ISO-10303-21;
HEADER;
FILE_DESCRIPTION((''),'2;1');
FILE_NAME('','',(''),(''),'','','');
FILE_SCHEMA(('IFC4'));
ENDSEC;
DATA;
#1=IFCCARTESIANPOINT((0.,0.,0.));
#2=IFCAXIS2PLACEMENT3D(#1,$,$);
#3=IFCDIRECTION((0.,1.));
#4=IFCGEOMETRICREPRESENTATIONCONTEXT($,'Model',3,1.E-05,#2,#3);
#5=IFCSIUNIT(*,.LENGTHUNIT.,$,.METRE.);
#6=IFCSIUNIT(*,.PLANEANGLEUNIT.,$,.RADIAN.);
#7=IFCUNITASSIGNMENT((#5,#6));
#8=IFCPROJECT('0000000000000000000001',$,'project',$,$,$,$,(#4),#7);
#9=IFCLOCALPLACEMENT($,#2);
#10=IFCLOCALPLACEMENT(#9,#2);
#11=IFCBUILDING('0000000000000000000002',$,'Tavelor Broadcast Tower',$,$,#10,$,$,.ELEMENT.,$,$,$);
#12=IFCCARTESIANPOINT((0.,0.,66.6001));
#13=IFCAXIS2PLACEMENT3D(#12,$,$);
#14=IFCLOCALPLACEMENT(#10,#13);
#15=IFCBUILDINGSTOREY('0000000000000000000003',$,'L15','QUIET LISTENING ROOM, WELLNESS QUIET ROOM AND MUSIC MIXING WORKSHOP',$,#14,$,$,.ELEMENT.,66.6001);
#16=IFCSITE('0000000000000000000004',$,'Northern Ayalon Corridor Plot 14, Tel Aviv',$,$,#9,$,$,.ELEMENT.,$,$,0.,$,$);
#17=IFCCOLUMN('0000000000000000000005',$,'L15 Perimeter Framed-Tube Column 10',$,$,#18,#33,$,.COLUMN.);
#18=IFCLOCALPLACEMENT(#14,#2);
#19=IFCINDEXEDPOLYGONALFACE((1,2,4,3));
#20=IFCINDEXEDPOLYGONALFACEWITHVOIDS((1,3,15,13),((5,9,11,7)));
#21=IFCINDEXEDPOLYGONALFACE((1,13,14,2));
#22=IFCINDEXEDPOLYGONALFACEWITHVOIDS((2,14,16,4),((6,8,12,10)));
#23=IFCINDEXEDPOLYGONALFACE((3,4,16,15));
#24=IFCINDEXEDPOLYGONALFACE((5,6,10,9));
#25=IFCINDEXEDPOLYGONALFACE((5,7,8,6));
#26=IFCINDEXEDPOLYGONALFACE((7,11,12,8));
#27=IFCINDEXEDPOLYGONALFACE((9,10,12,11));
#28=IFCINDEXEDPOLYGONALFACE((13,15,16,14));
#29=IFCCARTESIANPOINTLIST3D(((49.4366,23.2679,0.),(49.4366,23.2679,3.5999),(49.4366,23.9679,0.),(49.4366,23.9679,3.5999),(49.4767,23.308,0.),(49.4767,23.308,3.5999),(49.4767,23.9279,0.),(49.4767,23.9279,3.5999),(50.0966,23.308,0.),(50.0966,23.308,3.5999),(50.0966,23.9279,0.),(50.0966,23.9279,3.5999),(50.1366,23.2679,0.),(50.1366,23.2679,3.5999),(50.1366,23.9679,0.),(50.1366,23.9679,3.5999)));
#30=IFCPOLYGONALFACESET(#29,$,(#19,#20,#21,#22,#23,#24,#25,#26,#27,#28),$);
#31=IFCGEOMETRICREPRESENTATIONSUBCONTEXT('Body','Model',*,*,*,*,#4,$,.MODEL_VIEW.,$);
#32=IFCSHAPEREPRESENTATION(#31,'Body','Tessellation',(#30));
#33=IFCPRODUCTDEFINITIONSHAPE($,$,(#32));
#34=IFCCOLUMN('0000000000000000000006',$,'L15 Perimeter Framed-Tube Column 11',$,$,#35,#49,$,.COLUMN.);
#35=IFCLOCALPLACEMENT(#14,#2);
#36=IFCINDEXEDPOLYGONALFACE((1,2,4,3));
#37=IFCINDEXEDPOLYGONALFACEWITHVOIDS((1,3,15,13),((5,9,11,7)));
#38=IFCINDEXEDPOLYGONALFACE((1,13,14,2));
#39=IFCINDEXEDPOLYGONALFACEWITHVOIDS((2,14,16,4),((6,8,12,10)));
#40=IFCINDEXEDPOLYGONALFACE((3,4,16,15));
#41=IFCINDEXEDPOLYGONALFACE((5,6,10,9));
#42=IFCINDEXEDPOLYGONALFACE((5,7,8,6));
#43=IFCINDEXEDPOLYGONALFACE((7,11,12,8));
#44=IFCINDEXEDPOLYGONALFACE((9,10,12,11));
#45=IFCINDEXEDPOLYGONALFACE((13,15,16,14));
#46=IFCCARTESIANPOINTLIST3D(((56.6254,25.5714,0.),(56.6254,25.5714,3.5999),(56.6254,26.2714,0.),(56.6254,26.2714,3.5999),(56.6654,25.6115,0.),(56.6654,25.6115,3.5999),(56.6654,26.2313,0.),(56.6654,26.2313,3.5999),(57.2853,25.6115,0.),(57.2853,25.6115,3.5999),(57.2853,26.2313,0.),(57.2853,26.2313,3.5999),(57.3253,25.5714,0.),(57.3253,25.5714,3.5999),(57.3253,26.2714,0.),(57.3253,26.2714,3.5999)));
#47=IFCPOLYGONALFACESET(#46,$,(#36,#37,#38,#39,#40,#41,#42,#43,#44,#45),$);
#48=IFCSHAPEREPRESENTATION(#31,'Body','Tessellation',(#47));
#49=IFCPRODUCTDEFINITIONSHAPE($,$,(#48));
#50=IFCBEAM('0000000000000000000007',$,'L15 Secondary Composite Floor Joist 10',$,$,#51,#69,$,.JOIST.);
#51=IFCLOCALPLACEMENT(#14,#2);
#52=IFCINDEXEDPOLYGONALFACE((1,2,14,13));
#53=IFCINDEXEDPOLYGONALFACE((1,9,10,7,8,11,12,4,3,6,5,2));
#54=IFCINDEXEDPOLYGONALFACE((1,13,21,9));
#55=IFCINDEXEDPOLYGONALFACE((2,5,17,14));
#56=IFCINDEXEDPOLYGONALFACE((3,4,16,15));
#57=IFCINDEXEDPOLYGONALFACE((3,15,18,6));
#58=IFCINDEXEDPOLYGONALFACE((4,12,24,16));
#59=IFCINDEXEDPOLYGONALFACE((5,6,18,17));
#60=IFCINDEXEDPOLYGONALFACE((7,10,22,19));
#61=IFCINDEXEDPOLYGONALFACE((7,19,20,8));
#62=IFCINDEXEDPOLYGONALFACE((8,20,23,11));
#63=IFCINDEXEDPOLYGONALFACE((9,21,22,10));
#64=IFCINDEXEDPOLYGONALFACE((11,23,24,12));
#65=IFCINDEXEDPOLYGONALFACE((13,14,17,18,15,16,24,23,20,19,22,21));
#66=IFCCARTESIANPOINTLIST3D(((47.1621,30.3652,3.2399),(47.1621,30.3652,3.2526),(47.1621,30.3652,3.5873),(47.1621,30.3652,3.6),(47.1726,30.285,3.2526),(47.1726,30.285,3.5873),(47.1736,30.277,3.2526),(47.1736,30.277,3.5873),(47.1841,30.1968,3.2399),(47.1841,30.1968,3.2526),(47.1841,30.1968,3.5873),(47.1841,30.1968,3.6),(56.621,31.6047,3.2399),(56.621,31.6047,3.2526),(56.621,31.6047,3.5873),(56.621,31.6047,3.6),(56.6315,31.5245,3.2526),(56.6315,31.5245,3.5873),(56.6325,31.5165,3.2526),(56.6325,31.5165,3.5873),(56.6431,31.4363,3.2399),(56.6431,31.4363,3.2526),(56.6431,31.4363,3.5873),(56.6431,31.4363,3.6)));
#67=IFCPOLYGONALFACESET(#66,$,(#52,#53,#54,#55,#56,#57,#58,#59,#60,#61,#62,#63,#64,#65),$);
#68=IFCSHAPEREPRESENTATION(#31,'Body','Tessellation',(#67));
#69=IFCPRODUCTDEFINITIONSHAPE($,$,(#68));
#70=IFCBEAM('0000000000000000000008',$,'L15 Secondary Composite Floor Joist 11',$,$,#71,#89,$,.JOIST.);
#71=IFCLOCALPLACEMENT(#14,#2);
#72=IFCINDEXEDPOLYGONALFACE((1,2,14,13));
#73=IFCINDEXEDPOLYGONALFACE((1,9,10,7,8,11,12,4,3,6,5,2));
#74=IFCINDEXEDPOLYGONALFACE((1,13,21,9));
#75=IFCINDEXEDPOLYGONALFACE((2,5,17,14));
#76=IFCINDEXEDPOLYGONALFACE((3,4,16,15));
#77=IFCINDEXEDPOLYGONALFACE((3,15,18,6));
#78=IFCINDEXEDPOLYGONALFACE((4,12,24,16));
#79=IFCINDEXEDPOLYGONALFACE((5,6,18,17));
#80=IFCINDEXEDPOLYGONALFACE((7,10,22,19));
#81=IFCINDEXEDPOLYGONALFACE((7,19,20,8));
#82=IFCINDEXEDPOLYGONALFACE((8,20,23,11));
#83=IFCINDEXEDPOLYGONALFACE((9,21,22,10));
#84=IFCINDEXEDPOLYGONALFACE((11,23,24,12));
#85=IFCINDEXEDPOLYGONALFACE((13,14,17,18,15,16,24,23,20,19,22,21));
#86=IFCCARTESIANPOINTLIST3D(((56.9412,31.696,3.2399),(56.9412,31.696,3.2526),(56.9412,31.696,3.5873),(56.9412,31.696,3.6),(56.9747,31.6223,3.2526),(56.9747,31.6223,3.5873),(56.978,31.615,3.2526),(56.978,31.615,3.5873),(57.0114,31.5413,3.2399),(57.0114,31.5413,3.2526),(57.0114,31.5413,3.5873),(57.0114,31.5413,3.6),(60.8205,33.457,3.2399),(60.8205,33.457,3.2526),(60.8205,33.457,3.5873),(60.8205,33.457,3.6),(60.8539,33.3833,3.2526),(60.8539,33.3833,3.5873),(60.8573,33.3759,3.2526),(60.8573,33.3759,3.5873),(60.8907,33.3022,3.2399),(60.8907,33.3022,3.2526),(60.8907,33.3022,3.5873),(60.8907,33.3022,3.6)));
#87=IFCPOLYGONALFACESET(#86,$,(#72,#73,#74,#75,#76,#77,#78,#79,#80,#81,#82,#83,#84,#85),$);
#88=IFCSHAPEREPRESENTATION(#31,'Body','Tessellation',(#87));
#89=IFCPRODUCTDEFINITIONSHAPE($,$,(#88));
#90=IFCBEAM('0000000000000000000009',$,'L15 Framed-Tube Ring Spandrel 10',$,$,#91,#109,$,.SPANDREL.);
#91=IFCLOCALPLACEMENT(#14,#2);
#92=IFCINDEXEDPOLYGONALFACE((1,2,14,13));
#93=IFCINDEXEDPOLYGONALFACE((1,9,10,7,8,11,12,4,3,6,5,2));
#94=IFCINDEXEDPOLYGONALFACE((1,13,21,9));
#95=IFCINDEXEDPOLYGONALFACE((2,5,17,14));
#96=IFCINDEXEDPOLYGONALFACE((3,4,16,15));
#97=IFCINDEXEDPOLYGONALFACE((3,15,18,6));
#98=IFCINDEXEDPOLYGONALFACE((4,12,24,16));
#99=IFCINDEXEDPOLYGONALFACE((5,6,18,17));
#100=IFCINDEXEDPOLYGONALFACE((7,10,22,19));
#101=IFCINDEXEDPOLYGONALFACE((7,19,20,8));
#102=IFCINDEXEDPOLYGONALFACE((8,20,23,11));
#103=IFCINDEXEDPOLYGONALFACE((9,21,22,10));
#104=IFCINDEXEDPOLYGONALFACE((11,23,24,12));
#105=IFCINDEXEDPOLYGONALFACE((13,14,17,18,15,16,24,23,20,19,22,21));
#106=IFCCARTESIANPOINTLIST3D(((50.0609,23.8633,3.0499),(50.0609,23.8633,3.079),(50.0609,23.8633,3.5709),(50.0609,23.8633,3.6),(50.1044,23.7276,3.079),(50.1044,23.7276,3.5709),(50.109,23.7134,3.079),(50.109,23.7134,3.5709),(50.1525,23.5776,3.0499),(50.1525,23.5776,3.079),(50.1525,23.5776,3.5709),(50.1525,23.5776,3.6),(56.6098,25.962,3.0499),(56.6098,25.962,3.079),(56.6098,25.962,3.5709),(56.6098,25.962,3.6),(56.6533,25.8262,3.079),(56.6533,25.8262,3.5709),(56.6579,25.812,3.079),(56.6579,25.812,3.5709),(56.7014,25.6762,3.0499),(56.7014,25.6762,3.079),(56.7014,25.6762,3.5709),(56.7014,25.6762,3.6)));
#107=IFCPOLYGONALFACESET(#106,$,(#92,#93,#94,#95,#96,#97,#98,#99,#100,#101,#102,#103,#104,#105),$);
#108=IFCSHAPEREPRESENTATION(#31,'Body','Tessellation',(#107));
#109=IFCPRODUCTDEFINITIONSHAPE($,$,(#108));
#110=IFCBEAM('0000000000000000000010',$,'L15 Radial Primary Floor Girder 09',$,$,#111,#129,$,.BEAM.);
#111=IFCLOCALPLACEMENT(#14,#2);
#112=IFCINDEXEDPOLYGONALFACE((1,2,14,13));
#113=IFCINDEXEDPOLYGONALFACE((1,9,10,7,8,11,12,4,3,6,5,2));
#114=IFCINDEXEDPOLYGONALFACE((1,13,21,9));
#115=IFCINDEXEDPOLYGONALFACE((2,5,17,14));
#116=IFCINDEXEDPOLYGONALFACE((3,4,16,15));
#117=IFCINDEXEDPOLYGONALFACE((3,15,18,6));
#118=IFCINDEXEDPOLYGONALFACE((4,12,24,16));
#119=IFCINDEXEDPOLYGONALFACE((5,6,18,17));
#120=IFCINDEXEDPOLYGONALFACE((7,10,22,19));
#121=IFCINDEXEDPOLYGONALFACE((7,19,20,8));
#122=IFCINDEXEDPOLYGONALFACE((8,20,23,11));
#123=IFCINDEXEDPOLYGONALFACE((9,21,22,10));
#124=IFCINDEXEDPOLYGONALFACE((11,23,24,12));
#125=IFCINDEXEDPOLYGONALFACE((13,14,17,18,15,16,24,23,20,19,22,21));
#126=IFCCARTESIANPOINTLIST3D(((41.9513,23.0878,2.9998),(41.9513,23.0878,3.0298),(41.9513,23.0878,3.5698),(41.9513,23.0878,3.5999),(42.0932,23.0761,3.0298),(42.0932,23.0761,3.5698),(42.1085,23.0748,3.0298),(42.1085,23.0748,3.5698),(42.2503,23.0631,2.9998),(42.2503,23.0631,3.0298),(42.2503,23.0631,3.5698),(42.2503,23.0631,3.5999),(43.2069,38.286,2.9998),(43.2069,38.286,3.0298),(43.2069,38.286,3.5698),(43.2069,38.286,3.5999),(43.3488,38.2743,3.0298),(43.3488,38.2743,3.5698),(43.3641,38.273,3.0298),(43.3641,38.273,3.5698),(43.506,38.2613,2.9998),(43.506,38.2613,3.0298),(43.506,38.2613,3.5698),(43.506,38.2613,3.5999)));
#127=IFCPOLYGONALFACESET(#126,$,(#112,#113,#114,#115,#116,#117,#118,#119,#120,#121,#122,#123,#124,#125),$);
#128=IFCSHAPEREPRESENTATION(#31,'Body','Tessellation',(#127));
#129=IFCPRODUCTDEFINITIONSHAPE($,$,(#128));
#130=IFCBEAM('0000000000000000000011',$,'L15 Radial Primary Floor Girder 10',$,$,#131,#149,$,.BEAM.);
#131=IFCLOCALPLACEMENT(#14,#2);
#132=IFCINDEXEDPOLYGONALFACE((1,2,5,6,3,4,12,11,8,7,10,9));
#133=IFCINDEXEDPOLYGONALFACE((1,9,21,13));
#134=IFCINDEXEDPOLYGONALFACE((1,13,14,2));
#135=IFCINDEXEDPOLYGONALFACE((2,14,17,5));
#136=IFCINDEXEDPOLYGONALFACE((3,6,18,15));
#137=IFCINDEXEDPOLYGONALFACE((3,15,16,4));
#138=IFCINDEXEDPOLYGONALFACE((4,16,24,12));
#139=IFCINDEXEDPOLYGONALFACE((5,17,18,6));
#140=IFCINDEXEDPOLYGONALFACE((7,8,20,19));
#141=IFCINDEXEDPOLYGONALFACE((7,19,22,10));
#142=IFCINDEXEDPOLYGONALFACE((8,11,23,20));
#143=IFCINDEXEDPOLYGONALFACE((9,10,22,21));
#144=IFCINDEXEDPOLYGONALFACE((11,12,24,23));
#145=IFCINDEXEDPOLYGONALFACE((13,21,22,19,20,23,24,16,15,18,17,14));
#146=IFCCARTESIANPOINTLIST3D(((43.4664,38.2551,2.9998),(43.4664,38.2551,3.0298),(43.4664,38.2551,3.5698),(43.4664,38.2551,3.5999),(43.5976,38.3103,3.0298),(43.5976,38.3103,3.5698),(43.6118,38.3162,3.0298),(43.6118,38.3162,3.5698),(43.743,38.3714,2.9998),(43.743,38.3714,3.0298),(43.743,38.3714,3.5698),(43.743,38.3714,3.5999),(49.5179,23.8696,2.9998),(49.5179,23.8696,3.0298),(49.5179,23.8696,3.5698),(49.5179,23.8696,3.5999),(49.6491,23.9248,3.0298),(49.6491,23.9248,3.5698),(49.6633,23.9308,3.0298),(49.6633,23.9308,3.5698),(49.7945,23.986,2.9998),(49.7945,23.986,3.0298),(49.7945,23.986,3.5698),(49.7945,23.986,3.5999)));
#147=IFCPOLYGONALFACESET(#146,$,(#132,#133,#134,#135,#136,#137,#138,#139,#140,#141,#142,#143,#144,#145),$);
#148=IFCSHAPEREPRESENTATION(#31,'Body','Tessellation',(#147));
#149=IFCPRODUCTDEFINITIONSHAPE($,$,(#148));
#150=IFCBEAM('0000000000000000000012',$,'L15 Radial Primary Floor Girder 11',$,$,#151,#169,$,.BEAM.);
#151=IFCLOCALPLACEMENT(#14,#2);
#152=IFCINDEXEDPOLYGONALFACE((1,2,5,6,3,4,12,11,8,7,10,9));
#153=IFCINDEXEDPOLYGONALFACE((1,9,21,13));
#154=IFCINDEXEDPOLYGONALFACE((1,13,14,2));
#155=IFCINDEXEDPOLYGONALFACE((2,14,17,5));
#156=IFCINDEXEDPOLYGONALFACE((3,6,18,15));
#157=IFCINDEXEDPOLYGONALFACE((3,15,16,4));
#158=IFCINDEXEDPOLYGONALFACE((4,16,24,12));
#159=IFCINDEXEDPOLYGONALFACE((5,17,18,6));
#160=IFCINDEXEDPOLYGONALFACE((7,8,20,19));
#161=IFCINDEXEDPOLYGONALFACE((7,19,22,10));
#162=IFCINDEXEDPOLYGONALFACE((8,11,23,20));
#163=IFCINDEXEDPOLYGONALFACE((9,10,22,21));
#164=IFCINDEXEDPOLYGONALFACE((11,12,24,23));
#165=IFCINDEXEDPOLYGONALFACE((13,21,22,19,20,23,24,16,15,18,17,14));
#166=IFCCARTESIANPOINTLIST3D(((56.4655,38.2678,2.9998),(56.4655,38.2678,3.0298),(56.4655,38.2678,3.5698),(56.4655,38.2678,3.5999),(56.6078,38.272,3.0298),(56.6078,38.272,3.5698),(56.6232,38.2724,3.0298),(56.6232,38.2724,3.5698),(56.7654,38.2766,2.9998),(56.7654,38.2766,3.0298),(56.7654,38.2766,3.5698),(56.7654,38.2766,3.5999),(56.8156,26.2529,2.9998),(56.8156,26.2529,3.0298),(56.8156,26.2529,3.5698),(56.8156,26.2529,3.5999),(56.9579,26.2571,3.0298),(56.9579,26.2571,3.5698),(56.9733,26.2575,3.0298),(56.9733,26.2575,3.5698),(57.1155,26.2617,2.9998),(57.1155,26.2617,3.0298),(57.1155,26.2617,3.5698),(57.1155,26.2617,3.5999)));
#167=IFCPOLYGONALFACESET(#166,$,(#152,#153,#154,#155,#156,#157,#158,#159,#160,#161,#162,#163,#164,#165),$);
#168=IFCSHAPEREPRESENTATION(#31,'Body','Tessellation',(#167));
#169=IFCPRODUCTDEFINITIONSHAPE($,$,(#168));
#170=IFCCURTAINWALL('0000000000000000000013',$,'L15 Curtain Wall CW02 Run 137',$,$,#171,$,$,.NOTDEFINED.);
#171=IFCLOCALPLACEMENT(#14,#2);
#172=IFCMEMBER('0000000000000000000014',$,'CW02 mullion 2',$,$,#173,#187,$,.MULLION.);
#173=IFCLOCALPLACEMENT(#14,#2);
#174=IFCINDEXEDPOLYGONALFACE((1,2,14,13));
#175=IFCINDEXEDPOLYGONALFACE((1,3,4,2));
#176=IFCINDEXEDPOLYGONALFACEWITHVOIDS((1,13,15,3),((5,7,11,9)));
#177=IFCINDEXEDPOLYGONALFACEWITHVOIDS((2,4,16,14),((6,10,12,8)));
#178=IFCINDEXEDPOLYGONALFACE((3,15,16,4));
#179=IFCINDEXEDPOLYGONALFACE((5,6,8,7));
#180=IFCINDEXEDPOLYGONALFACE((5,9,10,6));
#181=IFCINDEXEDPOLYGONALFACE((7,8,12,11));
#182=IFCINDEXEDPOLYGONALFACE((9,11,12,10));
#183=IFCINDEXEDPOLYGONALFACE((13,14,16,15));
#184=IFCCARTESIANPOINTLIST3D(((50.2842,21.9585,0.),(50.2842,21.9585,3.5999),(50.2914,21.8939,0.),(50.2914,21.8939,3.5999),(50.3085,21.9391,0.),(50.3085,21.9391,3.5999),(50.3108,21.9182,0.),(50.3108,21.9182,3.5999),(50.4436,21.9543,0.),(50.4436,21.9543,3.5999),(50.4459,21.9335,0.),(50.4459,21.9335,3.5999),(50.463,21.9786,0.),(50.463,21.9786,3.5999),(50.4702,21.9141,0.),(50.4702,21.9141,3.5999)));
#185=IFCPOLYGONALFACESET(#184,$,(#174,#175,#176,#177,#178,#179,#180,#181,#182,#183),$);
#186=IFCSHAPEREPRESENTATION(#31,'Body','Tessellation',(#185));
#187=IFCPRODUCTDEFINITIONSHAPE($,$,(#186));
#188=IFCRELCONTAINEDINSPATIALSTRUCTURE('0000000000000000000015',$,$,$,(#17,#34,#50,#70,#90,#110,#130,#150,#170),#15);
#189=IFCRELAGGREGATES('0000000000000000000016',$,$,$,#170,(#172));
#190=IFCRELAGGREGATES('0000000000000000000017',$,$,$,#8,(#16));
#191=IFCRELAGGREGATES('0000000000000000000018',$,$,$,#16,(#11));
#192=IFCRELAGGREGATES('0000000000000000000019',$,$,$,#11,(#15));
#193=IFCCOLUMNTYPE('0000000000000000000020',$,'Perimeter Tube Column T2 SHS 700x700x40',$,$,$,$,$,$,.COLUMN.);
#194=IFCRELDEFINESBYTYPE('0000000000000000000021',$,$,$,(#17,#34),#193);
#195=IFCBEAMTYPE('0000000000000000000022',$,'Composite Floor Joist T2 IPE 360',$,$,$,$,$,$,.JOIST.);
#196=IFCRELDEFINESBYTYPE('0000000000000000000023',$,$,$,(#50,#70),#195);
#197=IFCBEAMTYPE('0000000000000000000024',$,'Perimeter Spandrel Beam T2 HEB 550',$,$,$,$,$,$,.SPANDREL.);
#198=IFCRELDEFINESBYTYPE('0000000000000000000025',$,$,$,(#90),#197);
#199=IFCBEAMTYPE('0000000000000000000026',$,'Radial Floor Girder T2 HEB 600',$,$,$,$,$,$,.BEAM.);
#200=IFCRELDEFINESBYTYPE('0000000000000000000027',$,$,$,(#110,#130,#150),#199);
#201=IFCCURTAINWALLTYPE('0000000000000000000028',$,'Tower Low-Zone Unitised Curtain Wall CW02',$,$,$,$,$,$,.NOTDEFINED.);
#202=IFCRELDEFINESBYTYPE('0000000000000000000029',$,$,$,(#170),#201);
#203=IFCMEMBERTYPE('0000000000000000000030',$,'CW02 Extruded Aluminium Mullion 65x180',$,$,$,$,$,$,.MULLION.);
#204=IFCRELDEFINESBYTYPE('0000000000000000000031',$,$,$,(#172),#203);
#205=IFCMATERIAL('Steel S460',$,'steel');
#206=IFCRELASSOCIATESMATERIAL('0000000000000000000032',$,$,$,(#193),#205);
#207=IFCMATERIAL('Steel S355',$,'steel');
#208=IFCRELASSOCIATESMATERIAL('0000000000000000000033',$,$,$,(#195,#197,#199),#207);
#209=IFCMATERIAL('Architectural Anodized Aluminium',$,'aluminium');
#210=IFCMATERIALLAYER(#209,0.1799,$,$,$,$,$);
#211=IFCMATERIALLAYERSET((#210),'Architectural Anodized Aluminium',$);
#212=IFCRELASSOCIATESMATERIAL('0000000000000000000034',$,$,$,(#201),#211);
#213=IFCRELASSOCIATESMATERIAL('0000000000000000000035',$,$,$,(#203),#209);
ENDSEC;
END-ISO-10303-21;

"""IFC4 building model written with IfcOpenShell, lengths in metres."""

from ifc_helpers import new_model, si_unit, direction, frame, origin, origin_2d, place, context, subcontext, project, spatial, hollow_rectangle, i_section, extrude, source, transform, mapped, material, layer, layer_set, material_profile, profile_set, type_object, type_shapes, element, aggregate, save


model = new_model("IFC4")

# Units and contexts
model_context = context("Model", 3, precision=1e-05, world=origin(), true_north=direction((0.0, 1.0)))
body_context = subcontext(model_context, "Body", "Model", "MODEL_VIEW")
ifc_project = project(units=[si_unit("LENGTHUNIT", "METRE"), si_unit("PLANEANGLEUNIT", "RADIAN")], contexts=[model_context])

# Site, building, storey
site_placement = place(None, origin())
site = spatial("IfcSite", under=ifc_project, at=site_placement, Name="Northern Ayalon Corridor Plot 14, Tel Aviv", CompositionType="ELEMENT", RefElevation=0.0)
building_placement = place(site_placement, origin())
building = spatial("IfcBuilding", under=site, at=building_placement, Name="Tavelor Broadcast Tower", CompositionType="ELEMENT")
storey_placement = place(building_placement, frame((0.0, 0.0, 66.6001)))
storey = spatial("IfcBuildingStorey", under=building, at=storey_placement, Name="L15", Description="QUIET LISTENING ROOM, WELLNESS QUIET ROOM AND MUSIC MIXING WORKSHOP", CompositionType="ELEMENT", Elevation=66.6001)

# Columns
ifc_material_1 = material(Name="Steel S460", Category="steel")
ifc_material_profile_1 = material_profile(ifc_material_1, hollow_rectangle(XDim=0.7, YDim=0.7, WallThickness=0.04, at=origin_2d()), Name="SHS 700x700x40")
ifc_profile_set_1 = profile_set([ifc_material_profile_1], Name="Steel S460")
column_type = type_object("IfcColumnType", Name="Perimeter Tube Column T2 SHS 700x700x40", PredefinedType="COLUMN", material=ifc_profile_set_1)
for number, where, z_axis, x_axis, name in (
    (1, (49.7866, 23.6179, 0.0), (0.0, 0.0, 1.0), (1.0, 0.0, 0.0), "L15 Perimeter Framed-Tube Column 10"),
    (2, (56.9753, 25.9214, 0.0), (0.0, 0.0, 1.0), (1.0, 0.0, 0.0), "L15 Perimeter Framed-Tube Column 11"),
):
    element("IfcColumn", number, at=place(storey_placement, frame(where, z_axis=z_axis, x_axis=x_axis)), inside=storey, type_object=column_type, Name=name, PredefinedType="COLUMN", context=body_context, shape_type="SweptSolid", body=[
        extrude(hollow_rectangle(XDim=0.7, YDim=0.7, WallThickness=0.04, at=origin_2d()), origin(), (0.0, 0.0, 1.0), 3.5999),
    ])

# Beams
ifc_material_2 = material(Name="Steel S355", Category="steel")
ifc_material_profile_2 = material_profile(ifc_material_2, i_section(OverallWidth=0.1699, OverallDepth=0.3601, WebThickness=0.0081, FlangeThickness=0.0127, at=origin_2d()), Name="IPE 360")
ifc_profile_set_2 = profile_set([ifc_material_profile_2], Name="Steel S355")
beam_type_1 = type_object("IfcBeamType", Name="Composite Floor Joist T2 IPE 360", PredefinedType="JOIST", material=ifc_profile_set_2)
beam_1_placement = place(storey_placement, frame((47.1731, 30.281, 3.4199), z_axis=(0.991523, 0.129929, 0.0), x_axis=(-0.129929, 0.991523, 0.0)))
element("IfcBeam", 3, at=beam_1_placement, inside=storey, type_object=beam_type_1, Name="L15 Secondary Composite Floor Joist 10", PredefinedType="JOIST", context=body_context, shape_type="SweptSolid", body=[
    extrude(i_section(OverallWidth=0.1699, OverallDepth=0.3601, WebThickness=0.0081, FlangeThickness=0.0127, at=origin_2d()), origin(), (0.0, 0.0, 1.0), 9.5398),
])
beam_2_placement = place(storey_placement, frame((56.9763, 31.6187, 3.4199), z_axis=(0.910576, 0.413341, 0.0), x_axis=(-0.413341, 0.910576, 0.0)))
element("IfcBeam", 4, at=beam_2_placement, inside=storey, type_object=beam_type_1, Name="L15 Secondary Composite Floor Joist 11", PredefinedType="JOIST", context=body_context, shape_type="SweptSolid", body=[
    extrude(i_section(OverallWidth=0.1699, OverallDepth=0.3601, WebThickness=0.0081, FlangeThickness=0.0127, at=origin_2d()), origin(), (0.0, 0.0, 1.0), 4.2603),
])
ifc_material_profile_3 = material_profile(ifc_material_2, i_section(OverallWidth=0.3, OverallDepth=0.55, WebThickness=0.0149, FlangeThickness=0.0291, at=origin_2d()), Name="HEB 550")
ifc_profile_set_3 = profile_set([ifc_material_profile_3], Name="Steel S355")
beam_type_2 = type_object("IfcBeamType", Name="Perimeter Spandrel Beam T2 HEB 550", PredefinedType="SPANDREL", material=ifc_profile_set_3)
beam_3_placement = place(storey_placement, frame((50.1067, 23.7205, 3.325), z_axis=(0.952297, 0.305172, 0.0), x_axis=(-0.305172, 0.952297, 0.0)))
element("IfcBeam", 5, at=beam_3_placement, inside=storey, type_object=beam_type_2, Name="L15 Framed-Tube Ring Spandrel 10", PredefinedType="SPANDREL", context=body_context, shape_type="SweptSolid", body=[
    extrude(i_section(OverallWidth=0.3, OverallDepth=0.55, WebThickness=0.0149, FlangeThickness=0.0291, at=origin_2d()), origin(), (0.0, 0.0, 1.0), 6.877),
])
ifc_material_profile_4 = material_profile(ifc_material_2, i_section(OverallWidth=0.3, OverallDepth=0.6001, WebThickness=0.0154, FlangeThickness=0.03, at=origin_2d()), Name="HEB 600")
ifc_profile_set_4 = profile_set([ifc_material_profile_4], Name="Steel S355")
beam_type_3 = type_object("IfcBeamType", Name="Radial Floor Girder T2 HEB 600", PredefinedType="BEAM", material=ifc_profile_set_4)
beam_4_placement = place(storey_placement, frame((43.3564, 38.2737, 3.2998), z_axis=(-0.082335, -0.996605, 0.0), x_axis=(0.996605, -0.082335, 0.0)))
element("IfcBeam", 6, at=beam_4_placement, inside=storey, type_object=beam_type_3, Name="L15 Radial Primary Floor Girder 09", PredefinedType="BEAM", context=body_context, shape_type="SweptSolid", body=[
    extrude(i_section(OverallWidth=0.3, OverallDepth=0.6001, WebThickness=0.0154, FlangeThickness=0.03, at=origin_2d()), origin(), (0.0, 0.0, 1.0), 15.25),
])
beam_5_placement = place(storey_placement, frame((43.6047, 38.3132, 3.2998), z_axis=(0.387756, -0.921762, 0.0), x_axis=(0.921762, 0.387756, 0.0)))
element("IfcBeam", 7, at=beam_5_placement, inside=storey, type_object=beam_type_3, Name="L15 Radial Primary Floor Girder 10", PredefinedType="BEAM", context=body_context, shape_type="SweptSolid", body=[
    extrude(i_section(OverallWidth=0.3, OverallDepth=0.6001, WebThickness=0.0154, FlangeThickness=0.03, at=origin_2d()), origin(), (0.0, 0.0, 1.0), 15.6064),
])
beam_6_placement = place(storey_placement, frame((56.6155, 38.2722, 3.2998), z_axis=(0.029126, -0.999576, 0.0), x_axis=(0.999576, 0.029126, 0.0)))
element("IfcBeam", 8, at=beam_6_placement, inside=storey, type_object=beam_type_3, Name="L15 Radial Primary Floor Girder 11", PredefinedType="BEAM", context=body_context, shape_type="SweptSolid", body=[
    extrude(i_section(OverallWidth=0.3, OverallDepth=0.6001, WebThickness=0.0154, FlangeThickness=0.03, at=origin_2d()), origin(), (0.0, 0.0, 1.0), 12.02),
])

# Curtain wall, member
ifc_material_3 = material(Name="Architectural Anodized Aluminium", Category="aluminium")
ifc_layer_1 = layer(ifc_material_3, 0.1799)
ifc_layer_set_1 = layer_set([ifc_layer_1], Name="Architectural Anodized Aluminium")
curtain_wall_type = type_object("IfcCurtainWallType", Name="Tower Low-Zone Unitised Curtain Wall CW02", PredefinedType="NOTDEFINED", material=ifc_layer_set_1)
curtain_wall_1_placement = place(storey_placement, origin())
curtain_wall_1 = element("IfcCurtainWall", 9, at=curtain_wall_1_placement, inside=storey, type_object=curtain_wall_type, Name="L15 Curtain Wall CW02 Run 137", PredefinedType="NOTDEFINED")
ifc_material_profile_5 = material_profile(ifc_material_3, hollow_rectangle(XDim=0.0649, YDim=0.1799, WallThickness=0.022, at=origin_2d()), Name="RHS 65x180x22")
ifc_profile_set_5 = profile_set([ifc_material_profile_5], Name="Architectural Anodized Aluminium")
member_type_1 = type_object("IfcMemberType", Name="CW02 Extruded Aluminium Mullion 65x180", PredefinedType="MULLION", material=ifc_profile_set_5)
shared_shape_1 = source(origin(), body_context, "Body", "SweptSolid", [
    extrude(hollow_rectangle(XDim=0.0649, YDim=0.1799, WallThickness=0.022, at=origin_2d()), origin(), (0.0, 0.0, 1.0), 3.5999),
])
type_shapes(member_type_1, [shared_shape_1])
member_1_placement = place(storey_placement, frame((50.3772, 21.9363, 0.0), z_axis=(0.0, 0.0, 1.0), x_axis=(-0.111886, 0.993721, 0.0)))
member_1 = element("IfcMember", 10, at=member_1_placement, type_object=member_type_1, Name="CW02 mullion 2", PredefinedType="MULLION", context=body_context, shape_type="MappedRepresentation", body=[
    mapped(shared_shape_1, transform((0.0, 0.0, 0.0), scale=1.0)),
])

aggregate(curtain_wall_1, [member_1])

save(model, "model.ifc")
